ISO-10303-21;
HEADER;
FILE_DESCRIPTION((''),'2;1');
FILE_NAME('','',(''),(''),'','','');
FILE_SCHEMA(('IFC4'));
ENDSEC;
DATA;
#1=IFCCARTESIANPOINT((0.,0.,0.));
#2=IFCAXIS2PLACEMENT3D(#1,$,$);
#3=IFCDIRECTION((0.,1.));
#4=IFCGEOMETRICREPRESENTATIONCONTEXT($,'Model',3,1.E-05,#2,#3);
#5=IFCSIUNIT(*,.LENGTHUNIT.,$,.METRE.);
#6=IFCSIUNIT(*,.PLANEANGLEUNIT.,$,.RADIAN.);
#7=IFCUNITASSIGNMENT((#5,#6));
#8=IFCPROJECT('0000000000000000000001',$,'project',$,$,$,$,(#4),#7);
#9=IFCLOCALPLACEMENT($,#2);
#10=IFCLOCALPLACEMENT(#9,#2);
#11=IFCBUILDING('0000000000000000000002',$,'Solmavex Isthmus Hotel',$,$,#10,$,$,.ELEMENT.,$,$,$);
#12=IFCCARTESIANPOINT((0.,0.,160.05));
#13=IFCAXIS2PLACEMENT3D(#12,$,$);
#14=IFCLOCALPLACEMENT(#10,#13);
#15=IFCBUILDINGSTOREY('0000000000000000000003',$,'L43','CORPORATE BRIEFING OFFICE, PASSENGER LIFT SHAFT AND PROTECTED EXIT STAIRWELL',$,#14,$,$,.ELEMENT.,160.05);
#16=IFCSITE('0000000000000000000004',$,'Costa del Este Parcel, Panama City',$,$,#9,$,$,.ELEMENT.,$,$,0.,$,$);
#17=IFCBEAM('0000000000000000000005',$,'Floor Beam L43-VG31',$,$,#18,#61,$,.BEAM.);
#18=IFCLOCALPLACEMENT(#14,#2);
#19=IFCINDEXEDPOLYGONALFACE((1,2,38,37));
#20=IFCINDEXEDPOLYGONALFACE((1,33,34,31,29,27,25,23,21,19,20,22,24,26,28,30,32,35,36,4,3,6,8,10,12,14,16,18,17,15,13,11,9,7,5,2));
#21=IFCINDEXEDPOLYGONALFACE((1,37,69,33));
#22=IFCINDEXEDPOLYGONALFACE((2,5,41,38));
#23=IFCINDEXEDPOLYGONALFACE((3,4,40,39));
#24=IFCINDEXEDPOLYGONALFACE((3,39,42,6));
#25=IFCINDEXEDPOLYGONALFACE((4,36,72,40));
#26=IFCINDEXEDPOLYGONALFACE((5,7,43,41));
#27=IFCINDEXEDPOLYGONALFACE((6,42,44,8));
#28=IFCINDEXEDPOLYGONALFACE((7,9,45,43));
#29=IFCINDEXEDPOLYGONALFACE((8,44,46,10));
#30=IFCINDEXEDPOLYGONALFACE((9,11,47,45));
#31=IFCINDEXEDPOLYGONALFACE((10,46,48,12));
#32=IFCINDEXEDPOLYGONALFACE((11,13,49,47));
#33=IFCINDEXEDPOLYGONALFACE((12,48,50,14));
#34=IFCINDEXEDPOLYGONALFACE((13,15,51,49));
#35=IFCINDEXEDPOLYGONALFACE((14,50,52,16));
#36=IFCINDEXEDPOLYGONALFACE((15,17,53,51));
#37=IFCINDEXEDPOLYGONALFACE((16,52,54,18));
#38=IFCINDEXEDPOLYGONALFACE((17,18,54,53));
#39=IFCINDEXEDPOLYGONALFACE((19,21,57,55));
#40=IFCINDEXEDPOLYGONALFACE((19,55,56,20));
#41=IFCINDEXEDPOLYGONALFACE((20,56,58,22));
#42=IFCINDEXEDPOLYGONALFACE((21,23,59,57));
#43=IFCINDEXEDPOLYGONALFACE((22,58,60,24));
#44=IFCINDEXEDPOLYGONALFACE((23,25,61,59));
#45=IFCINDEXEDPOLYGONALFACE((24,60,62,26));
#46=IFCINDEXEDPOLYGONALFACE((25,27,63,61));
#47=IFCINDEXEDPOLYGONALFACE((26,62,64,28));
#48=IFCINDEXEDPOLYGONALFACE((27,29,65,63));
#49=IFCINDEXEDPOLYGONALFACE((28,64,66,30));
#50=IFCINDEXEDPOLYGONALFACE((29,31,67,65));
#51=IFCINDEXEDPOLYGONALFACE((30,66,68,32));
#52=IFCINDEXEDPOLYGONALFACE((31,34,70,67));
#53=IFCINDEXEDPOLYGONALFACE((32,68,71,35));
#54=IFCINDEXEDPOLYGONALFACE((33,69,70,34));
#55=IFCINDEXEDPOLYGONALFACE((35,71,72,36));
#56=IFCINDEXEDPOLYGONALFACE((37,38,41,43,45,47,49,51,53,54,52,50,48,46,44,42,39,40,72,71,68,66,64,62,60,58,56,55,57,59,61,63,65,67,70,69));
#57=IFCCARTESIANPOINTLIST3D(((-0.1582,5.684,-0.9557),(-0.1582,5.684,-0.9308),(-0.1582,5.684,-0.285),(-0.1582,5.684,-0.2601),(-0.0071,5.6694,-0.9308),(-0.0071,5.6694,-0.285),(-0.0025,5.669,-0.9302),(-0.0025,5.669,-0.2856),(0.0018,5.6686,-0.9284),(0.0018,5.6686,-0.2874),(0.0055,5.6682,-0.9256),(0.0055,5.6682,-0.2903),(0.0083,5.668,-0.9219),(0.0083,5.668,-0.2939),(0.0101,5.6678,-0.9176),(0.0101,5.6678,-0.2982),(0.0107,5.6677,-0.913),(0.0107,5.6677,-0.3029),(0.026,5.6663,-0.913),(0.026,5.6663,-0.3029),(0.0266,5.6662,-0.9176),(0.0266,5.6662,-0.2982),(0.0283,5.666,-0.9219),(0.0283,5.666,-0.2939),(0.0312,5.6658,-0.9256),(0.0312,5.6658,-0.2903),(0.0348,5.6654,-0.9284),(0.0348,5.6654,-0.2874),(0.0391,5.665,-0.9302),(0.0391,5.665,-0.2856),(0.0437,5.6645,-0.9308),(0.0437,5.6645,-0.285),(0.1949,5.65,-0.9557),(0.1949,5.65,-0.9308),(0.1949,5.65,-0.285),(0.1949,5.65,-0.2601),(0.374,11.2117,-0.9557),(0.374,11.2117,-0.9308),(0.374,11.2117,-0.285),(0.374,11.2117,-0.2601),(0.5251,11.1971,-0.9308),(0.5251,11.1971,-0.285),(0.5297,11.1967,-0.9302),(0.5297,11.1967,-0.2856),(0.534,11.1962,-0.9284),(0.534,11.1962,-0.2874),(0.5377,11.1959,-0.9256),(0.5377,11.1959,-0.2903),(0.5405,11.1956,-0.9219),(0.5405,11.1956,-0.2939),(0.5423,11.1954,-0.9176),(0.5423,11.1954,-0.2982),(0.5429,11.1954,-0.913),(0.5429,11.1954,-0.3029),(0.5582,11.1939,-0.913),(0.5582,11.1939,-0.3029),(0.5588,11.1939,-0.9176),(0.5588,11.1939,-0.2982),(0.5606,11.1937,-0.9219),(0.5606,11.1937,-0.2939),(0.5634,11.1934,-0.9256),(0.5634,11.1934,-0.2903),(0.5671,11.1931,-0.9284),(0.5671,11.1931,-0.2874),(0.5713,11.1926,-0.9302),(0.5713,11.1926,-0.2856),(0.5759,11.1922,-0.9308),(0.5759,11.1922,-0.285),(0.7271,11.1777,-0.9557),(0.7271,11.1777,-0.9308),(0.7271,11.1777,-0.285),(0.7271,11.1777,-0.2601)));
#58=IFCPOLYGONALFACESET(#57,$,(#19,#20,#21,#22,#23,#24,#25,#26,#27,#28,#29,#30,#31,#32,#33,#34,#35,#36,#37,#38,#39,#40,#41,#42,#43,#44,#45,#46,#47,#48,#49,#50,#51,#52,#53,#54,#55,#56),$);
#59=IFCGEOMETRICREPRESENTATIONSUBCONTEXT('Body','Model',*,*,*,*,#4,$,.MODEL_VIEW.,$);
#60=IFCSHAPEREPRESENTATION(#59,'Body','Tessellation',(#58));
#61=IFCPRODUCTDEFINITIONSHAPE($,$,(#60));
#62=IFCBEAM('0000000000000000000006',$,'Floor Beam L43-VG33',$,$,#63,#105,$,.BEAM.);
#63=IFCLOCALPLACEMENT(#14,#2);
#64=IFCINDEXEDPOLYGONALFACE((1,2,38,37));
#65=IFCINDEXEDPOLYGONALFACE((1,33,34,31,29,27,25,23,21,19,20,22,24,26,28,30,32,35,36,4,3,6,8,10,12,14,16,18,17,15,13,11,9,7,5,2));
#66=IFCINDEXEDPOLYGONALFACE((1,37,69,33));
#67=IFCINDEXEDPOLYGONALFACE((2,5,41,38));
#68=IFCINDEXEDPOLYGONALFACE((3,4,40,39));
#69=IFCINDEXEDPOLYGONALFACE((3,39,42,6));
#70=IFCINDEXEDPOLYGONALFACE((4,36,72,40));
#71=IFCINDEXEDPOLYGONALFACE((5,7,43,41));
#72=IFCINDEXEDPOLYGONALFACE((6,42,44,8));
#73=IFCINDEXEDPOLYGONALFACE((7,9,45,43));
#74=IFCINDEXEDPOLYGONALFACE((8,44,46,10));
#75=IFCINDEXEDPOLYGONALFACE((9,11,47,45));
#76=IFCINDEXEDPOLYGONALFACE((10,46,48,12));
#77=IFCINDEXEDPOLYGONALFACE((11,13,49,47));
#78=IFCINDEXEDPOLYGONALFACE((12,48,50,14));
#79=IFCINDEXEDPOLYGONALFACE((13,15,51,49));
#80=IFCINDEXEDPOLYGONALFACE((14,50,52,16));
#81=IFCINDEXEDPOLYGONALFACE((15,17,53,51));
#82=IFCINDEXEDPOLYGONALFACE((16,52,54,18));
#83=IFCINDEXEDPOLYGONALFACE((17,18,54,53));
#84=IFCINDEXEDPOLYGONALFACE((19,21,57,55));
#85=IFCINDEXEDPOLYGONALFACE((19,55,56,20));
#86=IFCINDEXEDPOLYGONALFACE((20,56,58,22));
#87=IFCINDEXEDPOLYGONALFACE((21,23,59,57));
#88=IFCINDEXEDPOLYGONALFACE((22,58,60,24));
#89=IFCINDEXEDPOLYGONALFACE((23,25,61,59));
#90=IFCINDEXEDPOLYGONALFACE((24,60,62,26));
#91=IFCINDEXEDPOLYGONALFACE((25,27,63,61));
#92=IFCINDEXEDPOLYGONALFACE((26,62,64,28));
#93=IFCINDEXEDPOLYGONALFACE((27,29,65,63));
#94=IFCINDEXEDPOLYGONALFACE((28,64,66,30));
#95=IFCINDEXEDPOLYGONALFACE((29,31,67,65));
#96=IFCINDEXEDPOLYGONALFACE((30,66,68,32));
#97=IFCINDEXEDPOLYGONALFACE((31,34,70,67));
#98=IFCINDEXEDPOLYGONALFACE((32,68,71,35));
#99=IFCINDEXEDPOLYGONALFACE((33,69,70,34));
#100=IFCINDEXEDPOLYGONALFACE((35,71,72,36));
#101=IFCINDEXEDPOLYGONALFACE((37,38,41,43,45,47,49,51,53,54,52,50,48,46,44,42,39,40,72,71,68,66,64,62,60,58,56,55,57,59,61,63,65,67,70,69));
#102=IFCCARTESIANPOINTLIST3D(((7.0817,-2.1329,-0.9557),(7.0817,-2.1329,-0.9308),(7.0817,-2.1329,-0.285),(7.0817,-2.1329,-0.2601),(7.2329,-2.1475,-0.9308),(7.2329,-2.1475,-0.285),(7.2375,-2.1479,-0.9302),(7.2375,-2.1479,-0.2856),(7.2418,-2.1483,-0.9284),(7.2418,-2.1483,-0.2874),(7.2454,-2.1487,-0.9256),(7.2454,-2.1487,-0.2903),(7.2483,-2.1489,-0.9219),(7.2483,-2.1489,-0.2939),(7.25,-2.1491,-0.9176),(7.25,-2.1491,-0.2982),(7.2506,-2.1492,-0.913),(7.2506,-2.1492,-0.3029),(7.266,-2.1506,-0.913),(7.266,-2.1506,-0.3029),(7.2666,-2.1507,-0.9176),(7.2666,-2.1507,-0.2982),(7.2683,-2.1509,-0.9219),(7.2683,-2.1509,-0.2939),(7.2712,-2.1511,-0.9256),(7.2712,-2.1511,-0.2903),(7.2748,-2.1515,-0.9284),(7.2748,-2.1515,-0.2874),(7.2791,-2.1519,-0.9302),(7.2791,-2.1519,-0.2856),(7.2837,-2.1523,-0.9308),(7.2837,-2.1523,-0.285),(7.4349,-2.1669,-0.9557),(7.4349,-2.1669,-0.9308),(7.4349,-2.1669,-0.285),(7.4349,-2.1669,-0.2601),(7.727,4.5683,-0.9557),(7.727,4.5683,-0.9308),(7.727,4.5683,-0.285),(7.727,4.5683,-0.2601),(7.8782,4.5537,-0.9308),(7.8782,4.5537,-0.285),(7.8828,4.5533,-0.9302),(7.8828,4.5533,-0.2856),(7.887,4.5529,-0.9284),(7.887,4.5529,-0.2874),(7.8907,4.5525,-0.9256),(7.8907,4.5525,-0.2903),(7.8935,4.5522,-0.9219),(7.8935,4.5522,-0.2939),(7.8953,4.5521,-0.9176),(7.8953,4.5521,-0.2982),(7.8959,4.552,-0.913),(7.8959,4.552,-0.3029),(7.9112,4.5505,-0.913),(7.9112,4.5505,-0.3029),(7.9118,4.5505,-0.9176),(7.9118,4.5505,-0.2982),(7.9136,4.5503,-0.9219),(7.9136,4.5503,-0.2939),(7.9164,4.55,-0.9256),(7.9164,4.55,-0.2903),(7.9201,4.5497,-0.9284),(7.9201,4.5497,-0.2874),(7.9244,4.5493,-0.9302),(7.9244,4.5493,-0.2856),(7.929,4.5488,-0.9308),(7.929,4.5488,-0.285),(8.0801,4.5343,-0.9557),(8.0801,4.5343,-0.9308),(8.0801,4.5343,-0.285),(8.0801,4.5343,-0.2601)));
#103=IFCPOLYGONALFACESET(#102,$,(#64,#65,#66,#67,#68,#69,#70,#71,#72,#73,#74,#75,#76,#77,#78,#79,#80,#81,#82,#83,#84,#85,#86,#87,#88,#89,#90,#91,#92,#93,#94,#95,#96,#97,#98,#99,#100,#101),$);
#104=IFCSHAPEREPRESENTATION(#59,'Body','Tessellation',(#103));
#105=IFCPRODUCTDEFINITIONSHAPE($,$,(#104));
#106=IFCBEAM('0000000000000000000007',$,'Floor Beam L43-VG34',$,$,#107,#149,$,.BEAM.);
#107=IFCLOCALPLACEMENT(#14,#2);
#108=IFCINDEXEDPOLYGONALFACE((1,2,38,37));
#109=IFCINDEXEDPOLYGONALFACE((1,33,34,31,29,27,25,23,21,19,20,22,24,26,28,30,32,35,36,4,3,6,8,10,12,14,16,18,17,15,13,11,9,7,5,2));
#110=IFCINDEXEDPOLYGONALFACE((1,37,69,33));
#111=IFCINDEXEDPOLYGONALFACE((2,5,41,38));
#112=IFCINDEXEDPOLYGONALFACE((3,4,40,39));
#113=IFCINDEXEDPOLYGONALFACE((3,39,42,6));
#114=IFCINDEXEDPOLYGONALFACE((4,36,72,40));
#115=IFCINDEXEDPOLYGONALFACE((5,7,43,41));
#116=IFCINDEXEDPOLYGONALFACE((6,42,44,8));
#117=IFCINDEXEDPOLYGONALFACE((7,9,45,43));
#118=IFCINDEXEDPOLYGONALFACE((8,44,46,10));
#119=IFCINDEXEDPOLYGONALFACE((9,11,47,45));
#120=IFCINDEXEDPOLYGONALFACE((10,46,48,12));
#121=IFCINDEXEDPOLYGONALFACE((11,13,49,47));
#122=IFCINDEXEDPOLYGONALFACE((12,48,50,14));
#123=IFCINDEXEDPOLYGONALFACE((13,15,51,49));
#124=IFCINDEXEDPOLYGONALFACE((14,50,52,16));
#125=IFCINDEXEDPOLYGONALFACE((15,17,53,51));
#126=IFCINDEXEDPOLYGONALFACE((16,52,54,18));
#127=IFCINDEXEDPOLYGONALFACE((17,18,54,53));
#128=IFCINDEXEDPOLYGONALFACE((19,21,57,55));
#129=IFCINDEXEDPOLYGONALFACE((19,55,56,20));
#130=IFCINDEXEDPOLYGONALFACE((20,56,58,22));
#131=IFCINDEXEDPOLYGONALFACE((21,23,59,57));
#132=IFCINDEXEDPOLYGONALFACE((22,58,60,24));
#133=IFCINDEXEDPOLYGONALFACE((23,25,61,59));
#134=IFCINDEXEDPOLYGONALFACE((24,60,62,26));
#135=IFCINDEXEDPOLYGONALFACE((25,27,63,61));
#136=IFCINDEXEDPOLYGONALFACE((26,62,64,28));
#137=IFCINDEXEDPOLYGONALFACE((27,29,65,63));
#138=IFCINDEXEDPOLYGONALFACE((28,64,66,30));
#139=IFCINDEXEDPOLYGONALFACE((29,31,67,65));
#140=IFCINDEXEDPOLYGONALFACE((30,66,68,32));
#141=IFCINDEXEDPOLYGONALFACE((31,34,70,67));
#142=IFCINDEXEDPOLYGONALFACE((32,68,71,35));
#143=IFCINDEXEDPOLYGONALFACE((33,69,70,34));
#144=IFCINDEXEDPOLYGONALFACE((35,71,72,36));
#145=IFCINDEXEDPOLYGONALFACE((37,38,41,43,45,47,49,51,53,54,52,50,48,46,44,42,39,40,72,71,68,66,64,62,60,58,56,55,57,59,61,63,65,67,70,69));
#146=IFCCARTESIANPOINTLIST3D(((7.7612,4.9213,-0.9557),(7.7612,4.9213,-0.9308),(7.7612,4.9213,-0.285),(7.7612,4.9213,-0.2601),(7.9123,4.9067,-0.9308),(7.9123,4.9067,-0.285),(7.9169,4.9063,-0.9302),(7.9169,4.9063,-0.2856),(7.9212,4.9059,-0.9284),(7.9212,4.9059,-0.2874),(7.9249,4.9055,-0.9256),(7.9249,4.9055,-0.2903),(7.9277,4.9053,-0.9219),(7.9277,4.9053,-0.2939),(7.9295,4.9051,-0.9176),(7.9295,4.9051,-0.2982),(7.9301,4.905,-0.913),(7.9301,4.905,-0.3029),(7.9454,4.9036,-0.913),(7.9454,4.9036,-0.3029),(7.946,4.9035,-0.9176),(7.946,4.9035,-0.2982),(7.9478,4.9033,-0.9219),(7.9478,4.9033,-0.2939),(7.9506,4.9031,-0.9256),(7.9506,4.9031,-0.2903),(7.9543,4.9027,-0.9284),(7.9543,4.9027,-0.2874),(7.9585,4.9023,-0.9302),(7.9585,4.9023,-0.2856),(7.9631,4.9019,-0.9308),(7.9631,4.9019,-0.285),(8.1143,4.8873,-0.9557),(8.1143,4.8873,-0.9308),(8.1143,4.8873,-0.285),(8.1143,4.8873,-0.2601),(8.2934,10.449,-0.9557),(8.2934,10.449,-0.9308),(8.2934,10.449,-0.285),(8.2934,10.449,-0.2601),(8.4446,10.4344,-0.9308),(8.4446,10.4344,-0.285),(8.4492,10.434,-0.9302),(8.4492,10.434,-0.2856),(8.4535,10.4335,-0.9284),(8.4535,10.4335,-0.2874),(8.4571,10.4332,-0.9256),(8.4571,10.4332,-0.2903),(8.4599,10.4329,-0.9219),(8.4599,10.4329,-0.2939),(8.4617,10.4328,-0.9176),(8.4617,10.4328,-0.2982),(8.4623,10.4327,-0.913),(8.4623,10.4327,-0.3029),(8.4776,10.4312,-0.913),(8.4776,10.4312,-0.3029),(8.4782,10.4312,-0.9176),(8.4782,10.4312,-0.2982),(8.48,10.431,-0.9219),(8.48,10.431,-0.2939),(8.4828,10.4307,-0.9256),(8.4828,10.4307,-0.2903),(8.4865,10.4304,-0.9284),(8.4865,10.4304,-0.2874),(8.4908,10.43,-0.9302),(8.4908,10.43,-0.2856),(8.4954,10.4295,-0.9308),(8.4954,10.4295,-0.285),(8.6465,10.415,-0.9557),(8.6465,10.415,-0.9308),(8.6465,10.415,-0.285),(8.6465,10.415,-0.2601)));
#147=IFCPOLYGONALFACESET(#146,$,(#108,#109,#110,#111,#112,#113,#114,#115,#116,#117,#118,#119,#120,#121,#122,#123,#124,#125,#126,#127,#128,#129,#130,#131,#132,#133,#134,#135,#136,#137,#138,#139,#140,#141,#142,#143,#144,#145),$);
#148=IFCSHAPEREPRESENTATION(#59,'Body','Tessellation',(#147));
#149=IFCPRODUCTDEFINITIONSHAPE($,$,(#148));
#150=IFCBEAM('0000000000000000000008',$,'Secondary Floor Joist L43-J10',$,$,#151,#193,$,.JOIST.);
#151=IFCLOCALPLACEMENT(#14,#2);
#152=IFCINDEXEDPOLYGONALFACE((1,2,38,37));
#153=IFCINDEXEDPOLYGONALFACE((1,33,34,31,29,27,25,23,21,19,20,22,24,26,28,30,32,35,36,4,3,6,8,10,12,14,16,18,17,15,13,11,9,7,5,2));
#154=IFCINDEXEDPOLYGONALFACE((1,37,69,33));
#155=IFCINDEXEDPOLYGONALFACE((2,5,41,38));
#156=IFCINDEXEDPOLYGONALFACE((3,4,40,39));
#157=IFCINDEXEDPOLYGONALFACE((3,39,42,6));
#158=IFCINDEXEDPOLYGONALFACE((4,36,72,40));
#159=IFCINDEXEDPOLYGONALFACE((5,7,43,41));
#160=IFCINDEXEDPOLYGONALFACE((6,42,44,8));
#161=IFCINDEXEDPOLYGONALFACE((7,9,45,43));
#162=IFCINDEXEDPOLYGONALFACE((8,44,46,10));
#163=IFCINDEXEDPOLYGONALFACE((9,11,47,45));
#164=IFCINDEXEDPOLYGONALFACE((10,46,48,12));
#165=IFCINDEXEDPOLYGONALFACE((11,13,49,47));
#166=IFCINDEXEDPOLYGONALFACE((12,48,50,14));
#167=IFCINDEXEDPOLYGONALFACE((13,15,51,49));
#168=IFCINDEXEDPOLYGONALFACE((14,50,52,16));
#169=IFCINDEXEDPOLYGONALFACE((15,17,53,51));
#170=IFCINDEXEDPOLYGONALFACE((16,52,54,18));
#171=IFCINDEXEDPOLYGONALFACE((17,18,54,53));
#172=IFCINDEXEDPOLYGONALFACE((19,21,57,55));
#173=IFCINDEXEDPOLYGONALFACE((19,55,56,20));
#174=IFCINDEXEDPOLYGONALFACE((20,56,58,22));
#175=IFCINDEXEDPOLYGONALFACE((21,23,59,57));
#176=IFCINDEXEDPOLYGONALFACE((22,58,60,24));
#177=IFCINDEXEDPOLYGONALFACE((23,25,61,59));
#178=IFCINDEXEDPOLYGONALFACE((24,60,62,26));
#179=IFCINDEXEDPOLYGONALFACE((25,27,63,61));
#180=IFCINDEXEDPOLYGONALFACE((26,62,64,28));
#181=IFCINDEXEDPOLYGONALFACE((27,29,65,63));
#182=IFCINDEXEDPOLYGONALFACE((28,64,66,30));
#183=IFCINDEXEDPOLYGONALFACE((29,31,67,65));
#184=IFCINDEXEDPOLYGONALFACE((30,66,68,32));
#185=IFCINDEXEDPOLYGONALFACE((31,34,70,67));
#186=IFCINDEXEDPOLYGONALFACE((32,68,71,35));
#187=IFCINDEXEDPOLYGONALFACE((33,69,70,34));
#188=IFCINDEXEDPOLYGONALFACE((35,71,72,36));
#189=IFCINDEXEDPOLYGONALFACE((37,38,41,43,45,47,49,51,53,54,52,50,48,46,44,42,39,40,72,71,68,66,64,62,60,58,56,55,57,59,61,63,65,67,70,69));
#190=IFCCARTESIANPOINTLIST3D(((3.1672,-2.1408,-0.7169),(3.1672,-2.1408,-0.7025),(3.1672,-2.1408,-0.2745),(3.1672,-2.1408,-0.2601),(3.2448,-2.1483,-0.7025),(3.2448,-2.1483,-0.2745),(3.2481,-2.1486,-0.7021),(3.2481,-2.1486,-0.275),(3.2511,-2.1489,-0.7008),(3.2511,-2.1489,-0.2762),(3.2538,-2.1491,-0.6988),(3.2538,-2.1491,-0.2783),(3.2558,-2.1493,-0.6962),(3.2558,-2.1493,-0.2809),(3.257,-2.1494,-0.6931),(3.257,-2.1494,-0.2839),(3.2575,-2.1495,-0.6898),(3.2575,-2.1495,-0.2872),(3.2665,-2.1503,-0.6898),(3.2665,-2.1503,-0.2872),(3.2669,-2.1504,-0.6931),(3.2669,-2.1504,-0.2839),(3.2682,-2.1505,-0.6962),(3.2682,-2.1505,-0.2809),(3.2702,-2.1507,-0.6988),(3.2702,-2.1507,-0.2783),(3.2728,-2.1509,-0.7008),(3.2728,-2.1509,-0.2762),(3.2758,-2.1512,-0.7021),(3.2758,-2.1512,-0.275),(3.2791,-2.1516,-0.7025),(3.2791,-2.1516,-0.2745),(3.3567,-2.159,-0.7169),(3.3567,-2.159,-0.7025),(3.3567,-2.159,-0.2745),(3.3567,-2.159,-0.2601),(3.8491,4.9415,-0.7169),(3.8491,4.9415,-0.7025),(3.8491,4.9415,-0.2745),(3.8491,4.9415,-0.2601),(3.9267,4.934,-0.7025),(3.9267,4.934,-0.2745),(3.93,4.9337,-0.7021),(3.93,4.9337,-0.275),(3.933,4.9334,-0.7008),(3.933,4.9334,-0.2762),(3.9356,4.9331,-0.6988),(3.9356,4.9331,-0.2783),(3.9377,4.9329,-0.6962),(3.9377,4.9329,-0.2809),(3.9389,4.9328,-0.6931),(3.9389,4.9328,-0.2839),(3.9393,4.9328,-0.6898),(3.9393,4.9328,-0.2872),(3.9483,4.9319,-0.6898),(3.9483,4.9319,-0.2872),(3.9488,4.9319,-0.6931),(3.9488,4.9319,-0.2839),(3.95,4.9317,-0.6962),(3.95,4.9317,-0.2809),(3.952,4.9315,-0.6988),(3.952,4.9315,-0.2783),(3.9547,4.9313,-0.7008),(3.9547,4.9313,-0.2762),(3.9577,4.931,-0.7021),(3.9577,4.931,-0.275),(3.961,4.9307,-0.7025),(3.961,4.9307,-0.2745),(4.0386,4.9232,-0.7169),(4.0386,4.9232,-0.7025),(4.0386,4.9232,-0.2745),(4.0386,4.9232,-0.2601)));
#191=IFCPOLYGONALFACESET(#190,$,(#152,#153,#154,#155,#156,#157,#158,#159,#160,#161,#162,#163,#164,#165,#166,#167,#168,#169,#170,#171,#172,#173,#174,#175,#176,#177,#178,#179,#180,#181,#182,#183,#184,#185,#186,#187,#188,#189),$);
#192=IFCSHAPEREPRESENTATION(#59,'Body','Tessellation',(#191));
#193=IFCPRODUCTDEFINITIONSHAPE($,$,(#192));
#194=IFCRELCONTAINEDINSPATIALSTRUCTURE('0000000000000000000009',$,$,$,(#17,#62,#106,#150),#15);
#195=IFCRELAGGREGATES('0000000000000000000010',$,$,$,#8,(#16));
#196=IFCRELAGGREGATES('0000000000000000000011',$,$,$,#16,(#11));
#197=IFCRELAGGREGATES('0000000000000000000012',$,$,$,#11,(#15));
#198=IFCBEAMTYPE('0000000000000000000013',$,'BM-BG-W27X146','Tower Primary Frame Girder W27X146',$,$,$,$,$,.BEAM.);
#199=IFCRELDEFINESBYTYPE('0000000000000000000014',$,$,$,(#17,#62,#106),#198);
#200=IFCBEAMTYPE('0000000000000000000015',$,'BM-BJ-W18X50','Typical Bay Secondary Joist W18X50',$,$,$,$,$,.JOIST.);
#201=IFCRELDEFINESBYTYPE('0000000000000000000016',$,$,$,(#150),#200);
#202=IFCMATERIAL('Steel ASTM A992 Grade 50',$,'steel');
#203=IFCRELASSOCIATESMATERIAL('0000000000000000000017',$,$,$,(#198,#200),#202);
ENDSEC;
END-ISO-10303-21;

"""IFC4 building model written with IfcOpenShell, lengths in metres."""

from ifc_helpers import new_model, si_unit, direction, frame, origin, origin_2d, place, context, subcontext, project, spatial, i_section, extrude, material, material_profile, profile_set, type_object, element, save


model = new_model("IFC4")

# Units and contexts
model_context = context("Model", 3, precision=1e-05, world=origin(), true_north=direction((0.0, 1.0)))
body_context = subcontext(model_context, "Body", "Model", "MODEL_VIEW")
ifc_project = project(units=[si_unit("LENGTHUNIT", "METRE"), si_unit("PLANEANGLEUNIT", "RADIAN")], contexts=[model_context])

# Site, building, storey
site_placement = place(None, origin())
site = spatial("IfcSite", under=ifc_project, at=site_placement, Name="Costa del Este Parcel, Panama City", CompositionType="ELEMENT", RefElevation=0.0)
building_placement = place(site_placement, origin())
building = spatial("IfcBuilding", under=site, at=building_placement, Name="Solmavex Isthmus Hotel", CompositionType="ELEMENT")
storey_placement = place(building_placement, frame((0.0, 0.0, 160.05)))
storey = spatial("IfcBuildingStorey", under=building, at=storey_placement, Name="L43", Description="CORPORATE BRIEFING OFFICE, PASSENGER LIFT SHAFT AND PROTECTED EXIT STAIRWELL", CompositionType="ELEMENT", Elevation=160.05)

# Beams
ifc_material_1 = material(Name="Steel ASTM A992 Grade 50", Category="steel")
ifc_material_profile_1 = material_profile(ifc_material_1, i_section(OverallWidth=0.3547, OverallDepth=0.6956, WebThickness=0.0154, FlangeThickness=0.0249, FilletRadius=0.0178, at=origin_2d()), Name="W27X146")
ifc_profile_set_1 = profile_set([ifc_material_profile_1], Name="Steel ASTM A992 Grade 50")
beam_type_1 = type_object("IfcBeamType", Name="BM-BG-W27X146", Description="Tower Primary Frame Girder W27X146", PredefinedType="BEAM", material=ifc_profile_set_1)
beam_1_placement = place(storey_placement, frame((0.0183, 5.667, -0.6079), z_axis=(0.095842, 0.995397, 0.0), x_axis=(-0.995397, 0.095842, 0.0)))
element("IfcBeam", 1, at=beam_1_placement, inside=storey, type_object=beam_type_1, Name="Floor Beam L43-VG31", PredefinedType="BEAM", context=body_context, shape_type="SweptSolid", body=[
    extrude(i_section(OverallWidth=0.3547, OverallDepth=0.6956, WebThickness=0.0154, FlangeThickness=0.0249, FilletRadius=0.0178, at=origin_2d()), origin(), (0.0, 0.0, 1.0), 5.5532),
])
beam_2_placement = place(storey_placement, frame((7.2583, -2.1499, -0.6079), z_axis=(0.095848, 0.995396, 0.0), x_axis=(-0.995396, 0.095848, 0.0)))
element("IfcBeam", 2, at=beam_2_placement, inside=storey, type_object=beam_type_1, Name="Floor Beam L43-VG33", PredefinedType="BEAM", context=body_context, shape_type="SweptSolid", body=[
    extrude(i_section(OverallWidth=0.3547, OverallDepth=0.6956, WebThickness=0.0154, FlangeThickness=0.0249, FilletRadius=0.0178, at=origin_2d()), origin(), (0.0, 0.0, 1.0), 6.7322),
])
beam_3_placement = place(storey_placement, frame((7.9377, 4.9043, -0.6079), z_axis=(0.095842, 0.995397, 0.0), x_axis=(-0.995397, 0.095842, 0.0)))
element("IfcBeam", 3, at=beam_3_placement, inside=storey, type_object=beam_type_1, Name="Floor Beam L43-VG34", PredefinedType="BEAM", context=body_context, shape_type="SweptSolid", body=[
    extrude(i_section(OverallWidth=0.3547, OverallDepth=0.6956, WebThickness=0.0154, FlangeThickness=0.0249, FilletRadius=0.0178, at=origin_2d()), origin(), (0.0, 0.0, 1.0), 5.5532),
])
ifc_material_profile_2 = material_profile(ifc_material_1, i_section(OverallWidth=0.1904, OverallDepth=0.4568, WebThickness=0.009, FlangeThickness=0.0144, FilletRadius=0.0127, at=origin_2d()), Name="W18X50")
ifc_profile_set_2 = profile_set([ifc_material_profile_2], Name="Steel ASTM A992 Grade 50")
beam_type_2 = type_object("IfcBeamType", Name="BM-BJ-W18X50", Description="Typical Bay Secondary Joist W18X50", PredefinedType="JOIST", material=ifc_profile_set_2)
beam_4_placement = place(storey_placement, frame((3.262, -2.1499, -0.4885), z_axis=(0.095837, 0.995397, 0.0), x_axis=(-0.995397, 0.095837, 0.0)))
element("IfcBeam", 4, at=beam_4_placement, inside=storey, type_object=beam_type_2, Name="Secondary Floor Joist L43-J10", PredefinedType="JOIST", context=body_context, shape_type="SweptSolid", body=[
    extrude(i_section(OverallWidth=0.1904, OverallDepth=0.4568, WebThickness=0.009, FlangeThickness=0.0144, FilletRadius=0.0127, at=origin_2d()), origin(), (0.0, 0.0, 1.0), 7.115),
])

save(model, "model.ifc")
